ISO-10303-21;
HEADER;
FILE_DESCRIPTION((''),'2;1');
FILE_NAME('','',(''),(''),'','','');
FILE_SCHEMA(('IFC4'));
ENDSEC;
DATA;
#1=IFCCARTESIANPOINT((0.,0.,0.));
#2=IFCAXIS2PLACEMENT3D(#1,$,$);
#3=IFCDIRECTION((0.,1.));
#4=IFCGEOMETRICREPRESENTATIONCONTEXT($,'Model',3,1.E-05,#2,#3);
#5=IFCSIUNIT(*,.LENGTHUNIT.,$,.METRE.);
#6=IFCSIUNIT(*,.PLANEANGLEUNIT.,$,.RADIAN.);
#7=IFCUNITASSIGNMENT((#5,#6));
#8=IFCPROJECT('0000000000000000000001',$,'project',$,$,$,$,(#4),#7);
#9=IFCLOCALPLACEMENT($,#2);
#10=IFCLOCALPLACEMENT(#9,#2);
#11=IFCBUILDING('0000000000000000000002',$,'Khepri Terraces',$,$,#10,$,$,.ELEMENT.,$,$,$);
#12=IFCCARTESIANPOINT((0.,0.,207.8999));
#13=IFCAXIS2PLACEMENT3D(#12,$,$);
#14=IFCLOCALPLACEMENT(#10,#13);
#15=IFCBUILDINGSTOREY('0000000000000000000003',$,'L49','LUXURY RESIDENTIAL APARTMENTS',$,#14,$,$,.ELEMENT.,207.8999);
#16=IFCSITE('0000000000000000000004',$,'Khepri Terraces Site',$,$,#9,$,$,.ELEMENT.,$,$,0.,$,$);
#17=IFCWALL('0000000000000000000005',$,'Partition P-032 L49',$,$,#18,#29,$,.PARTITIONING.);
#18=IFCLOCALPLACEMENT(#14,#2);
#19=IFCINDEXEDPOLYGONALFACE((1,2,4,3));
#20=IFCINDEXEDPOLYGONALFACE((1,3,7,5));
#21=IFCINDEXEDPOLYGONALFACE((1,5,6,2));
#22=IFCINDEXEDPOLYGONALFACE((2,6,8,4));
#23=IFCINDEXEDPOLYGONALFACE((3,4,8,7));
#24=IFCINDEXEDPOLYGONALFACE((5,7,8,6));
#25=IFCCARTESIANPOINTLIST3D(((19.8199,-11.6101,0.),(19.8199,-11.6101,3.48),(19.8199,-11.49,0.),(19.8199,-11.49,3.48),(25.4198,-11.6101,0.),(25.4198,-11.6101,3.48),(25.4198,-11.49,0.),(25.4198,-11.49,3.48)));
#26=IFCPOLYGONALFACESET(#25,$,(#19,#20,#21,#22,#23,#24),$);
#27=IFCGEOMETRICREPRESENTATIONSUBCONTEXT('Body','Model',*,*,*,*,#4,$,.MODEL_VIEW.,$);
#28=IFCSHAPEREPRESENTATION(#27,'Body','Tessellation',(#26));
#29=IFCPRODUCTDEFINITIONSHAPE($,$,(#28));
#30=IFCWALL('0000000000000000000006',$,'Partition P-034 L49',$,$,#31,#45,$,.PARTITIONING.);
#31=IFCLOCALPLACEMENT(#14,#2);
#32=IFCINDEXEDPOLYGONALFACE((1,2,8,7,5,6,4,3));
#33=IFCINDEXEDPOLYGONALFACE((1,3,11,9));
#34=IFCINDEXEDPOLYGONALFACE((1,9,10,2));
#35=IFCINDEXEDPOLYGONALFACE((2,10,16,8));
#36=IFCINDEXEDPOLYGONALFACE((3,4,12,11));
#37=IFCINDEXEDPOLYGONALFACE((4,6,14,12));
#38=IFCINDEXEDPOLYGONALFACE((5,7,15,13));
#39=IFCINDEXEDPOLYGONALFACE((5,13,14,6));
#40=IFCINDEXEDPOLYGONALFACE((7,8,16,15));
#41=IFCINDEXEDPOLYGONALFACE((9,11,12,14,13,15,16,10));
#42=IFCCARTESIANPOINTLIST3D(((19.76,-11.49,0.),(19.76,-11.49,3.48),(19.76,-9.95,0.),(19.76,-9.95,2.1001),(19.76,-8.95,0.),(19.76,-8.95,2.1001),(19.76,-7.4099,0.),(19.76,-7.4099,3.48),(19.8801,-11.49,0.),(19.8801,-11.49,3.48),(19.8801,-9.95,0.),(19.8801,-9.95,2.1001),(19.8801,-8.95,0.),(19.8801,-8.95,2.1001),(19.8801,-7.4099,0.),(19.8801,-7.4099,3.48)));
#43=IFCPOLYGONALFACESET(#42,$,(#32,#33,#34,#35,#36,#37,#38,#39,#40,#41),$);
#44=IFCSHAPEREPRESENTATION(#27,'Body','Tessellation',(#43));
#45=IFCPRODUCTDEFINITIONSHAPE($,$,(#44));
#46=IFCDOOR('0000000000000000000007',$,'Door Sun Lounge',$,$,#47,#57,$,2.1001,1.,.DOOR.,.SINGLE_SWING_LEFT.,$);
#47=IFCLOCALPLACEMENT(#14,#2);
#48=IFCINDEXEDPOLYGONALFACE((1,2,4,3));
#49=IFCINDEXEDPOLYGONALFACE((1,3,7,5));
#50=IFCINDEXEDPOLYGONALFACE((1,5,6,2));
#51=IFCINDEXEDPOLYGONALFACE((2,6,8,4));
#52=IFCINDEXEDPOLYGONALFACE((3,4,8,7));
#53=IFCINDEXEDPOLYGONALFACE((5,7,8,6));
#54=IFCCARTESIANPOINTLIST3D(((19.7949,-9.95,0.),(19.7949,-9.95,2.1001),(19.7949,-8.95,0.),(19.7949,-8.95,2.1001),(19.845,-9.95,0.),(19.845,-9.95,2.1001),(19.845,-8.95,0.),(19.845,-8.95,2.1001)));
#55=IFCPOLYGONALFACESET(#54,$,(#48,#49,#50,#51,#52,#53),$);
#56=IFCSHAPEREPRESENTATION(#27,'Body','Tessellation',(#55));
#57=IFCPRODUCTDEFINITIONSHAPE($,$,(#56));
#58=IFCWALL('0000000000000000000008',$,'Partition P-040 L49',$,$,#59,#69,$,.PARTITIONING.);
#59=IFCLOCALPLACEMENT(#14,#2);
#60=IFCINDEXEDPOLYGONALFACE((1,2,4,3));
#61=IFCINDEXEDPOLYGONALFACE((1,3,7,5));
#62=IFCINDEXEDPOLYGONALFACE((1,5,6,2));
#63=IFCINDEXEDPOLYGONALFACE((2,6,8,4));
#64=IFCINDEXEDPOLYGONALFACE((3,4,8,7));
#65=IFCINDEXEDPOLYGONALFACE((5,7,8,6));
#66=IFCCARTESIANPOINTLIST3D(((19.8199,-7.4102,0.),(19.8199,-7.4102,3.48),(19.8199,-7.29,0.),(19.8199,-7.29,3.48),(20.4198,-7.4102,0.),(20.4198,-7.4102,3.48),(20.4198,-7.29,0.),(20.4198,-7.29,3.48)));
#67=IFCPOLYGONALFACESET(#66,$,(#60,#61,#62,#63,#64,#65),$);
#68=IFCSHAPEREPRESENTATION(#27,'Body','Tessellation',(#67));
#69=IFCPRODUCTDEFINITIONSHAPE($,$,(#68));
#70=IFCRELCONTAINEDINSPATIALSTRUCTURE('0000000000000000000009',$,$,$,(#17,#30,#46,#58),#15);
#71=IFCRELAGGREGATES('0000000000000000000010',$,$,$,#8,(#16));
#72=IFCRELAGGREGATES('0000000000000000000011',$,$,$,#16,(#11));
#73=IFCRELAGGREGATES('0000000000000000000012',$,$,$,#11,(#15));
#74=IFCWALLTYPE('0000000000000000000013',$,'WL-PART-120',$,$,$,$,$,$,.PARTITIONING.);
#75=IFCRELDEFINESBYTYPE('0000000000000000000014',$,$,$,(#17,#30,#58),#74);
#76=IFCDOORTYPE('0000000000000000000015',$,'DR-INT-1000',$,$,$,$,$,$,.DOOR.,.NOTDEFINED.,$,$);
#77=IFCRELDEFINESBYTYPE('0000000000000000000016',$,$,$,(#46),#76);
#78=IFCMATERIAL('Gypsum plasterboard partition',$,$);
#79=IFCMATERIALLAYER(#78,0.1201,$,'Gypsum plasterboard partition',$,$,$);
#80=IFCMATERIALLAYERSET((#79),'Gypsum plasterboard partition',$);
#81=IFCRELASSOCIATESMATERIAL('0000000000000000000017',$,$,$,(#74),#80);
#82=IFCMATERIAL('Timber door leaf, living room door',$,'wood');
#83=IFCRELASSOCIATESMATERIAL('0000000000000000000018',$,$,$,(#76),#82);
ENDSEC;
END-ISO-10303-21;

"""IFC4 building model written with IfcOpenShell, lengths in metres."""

from ifc_helpers import new_model, si_unit, direction, frame, frame_2d, origin, place, context, subcontext, project, spatial, rectangle, extrude, material, layer, layer_set, type_object, element, fill, save


model = new_model("IFC4")

# Units and contexts
model_context = context("Model", 3, precision=1e-05, world=origin(), true_north=direction((0.0, 1.0)))
body_context = subcontext(model_context, "Body", "Model", "MODEL_VIEW")
ifc_project = project(units=[si_unit("LENGTHUNIT", "METRE"), si_unit("PLANEANGLEUNIT", "RADIAN")], contexts=[model_context])

# Site, building, storey
site_placement = place(None, origin())
site = spatial("IfcSite", under=ifc_project, at=site_placement, Name="Khepri Terraces Site", CompositionType="ELEMENT", RefElevation=0.0)
building_placement = place(site_placement, origin())
building = spatial("IfcBuilding", under=site, at=building_placement, Name="Khepri Terraces", CompositionType="ELEMENT")
storey_placement = place(building_placement, frame((0.0, 0.0, 207.8999)))
storey = spatial("IfcBuildingStorey", under=building, at=storey_placement, Name="L49", Description="LUXURY RESIDENTIAL APARTMENTS", CompositionType="ELEMENT", Elevation=207.8999)

# Shared definitions
ifc_material_1 = material(Name="Gypsum plasterboard partition")
ifc_layer_1 = layer(ifc_material_1, 0.1201, Name="Gypsum plasterboard partition")
ifc_layer_set_1 = layer_set([ifc_layer_1], Name="Gypsum plasterboard partition")
wall_type_1 = type_object("IfcWallType", Name="WL-PART-120", PredefinedType="PARTITIONING", material=ifc_layer_set_1)
ifc_material_2 = material(Name="Timber door leaf, living room door", Category="wood")
door_type_1 = type_object("IfcDoorType", Name="DR-INT-1000", OperationType="NOTDEFINED", PredefinedType="DOOR", material=ifc_material_2)

# Wall
wall_1_placement = place(storey_placement, frame((19.8201, -11.55, 0.0), z_axis=(0.0, 0.0, 1.0), x_axis=(1.0, 0.0, 0.0)))
element("IfcWall", 1, at=wall_1_placement, inside=storey, type_object=wall_type_1, Name="Partition P-032 L49", PredefinedType="PARTITIONING", context=body_context, shape_type="SweptSolid", body=[
    extrude(rectangle(XDim=5.5999, YDim=0.1201, at=frame_2d((2.7998, 0.0))), origin(), (0.0, 0.0, 1.0), 3.48),
])

# Wall, opening, door
wall_2_placement = place(storey_placement, frame((19.8201, -11.49, 0.0), z_axis=(0.0, 0.0, 1.0), x_axis=(0.0, 1.0, 0.0)))
wall_2 = element("IfcWall", 2, at=wall_2_placement, inside=storey, type_object=wall_type_1, Name="Partition P-034 L49", PredefinedType="PARTITIONING", context=body_context, shape_type="SweptSolid", body=[
    extrude(rectangle(XDim=4.0801, YDim=0.1201, at=frame_2d((2.04, 0.0))), origin(), (0.0, 0.0, 1.0), 3.48),
])
opening_1_placement = place(wall_2_placement, frame((1.54, 0.0, 0.0)))
opening_1 = element("IfcOpeningElement", 3, at=opening_1_placement, cuts=wall_2, PredefinedType="OPENING", context=body_context, shape_type="SweptSolid", body=[
    extrude(rectangle(XDim=1.0, YDim=2.1001, at=frame_2d((0.5, 1.05))), frame((0.0, 0.0701, 0.0), z_axis=(0.0, -1.0, 0.0), x_axis=(1.0, 0.0, 0.0)), (0.0, 0.0, 1.0), 0.1401),
])
door_1_placement = place(opening_1_placement, frame((1.0, 0.0, 0.0), z_axis=(0.0, 0.0, 1.0), x_axis=(-1.0, 0.0, 0.0)))
door_1 = element("IfcDoor", 4, at=door_1_placement, inside=storey, type_object=door_type_1, Name="Door Sun Lounge", OperationType="SINGLE_SWING_LEFT", OverallHeight=2.1001, OverallWidth=1.0, PredefinedType="DOOR", context=body_context, shape_type="SweptSolid", body=[
    extrude(rectangle(XDim=1.0, YDim=2.1001, at=frame_2d((0.5, 1.05))), frame((0.0, 0.0249, 0.0), z_axis=(0.0, -1.0, 0.0), x_axis=(1.0, 0.0, 0.0)), (0.0, 0.0, 1.0), 0.05),
])
fill(opening_1, door_1)

# Wall
wall_3_placement = place(storey_placement, frame((19.8201, -7.3501, 0.0), z_axis=(0.0, 0.0, 1.0), x_axis=(1.0, 0.0, 0.0)))
element("IfcWall", 5, at=wall_3_placement, inside=storey, type_object=wall_type_1, Name="Partition P-040 L49", PredefinedType="PARTITIONING", context=body_context, shape_type="SweptSolid", body=[
    extrude(rectangle(XDim=0.5999, YDim=0.1201, at=frame_2d((0.2998, 0.0))), origin(), (0.0, 0.0, 1.0), 3.48),
])

save(model, "model.ifc")
